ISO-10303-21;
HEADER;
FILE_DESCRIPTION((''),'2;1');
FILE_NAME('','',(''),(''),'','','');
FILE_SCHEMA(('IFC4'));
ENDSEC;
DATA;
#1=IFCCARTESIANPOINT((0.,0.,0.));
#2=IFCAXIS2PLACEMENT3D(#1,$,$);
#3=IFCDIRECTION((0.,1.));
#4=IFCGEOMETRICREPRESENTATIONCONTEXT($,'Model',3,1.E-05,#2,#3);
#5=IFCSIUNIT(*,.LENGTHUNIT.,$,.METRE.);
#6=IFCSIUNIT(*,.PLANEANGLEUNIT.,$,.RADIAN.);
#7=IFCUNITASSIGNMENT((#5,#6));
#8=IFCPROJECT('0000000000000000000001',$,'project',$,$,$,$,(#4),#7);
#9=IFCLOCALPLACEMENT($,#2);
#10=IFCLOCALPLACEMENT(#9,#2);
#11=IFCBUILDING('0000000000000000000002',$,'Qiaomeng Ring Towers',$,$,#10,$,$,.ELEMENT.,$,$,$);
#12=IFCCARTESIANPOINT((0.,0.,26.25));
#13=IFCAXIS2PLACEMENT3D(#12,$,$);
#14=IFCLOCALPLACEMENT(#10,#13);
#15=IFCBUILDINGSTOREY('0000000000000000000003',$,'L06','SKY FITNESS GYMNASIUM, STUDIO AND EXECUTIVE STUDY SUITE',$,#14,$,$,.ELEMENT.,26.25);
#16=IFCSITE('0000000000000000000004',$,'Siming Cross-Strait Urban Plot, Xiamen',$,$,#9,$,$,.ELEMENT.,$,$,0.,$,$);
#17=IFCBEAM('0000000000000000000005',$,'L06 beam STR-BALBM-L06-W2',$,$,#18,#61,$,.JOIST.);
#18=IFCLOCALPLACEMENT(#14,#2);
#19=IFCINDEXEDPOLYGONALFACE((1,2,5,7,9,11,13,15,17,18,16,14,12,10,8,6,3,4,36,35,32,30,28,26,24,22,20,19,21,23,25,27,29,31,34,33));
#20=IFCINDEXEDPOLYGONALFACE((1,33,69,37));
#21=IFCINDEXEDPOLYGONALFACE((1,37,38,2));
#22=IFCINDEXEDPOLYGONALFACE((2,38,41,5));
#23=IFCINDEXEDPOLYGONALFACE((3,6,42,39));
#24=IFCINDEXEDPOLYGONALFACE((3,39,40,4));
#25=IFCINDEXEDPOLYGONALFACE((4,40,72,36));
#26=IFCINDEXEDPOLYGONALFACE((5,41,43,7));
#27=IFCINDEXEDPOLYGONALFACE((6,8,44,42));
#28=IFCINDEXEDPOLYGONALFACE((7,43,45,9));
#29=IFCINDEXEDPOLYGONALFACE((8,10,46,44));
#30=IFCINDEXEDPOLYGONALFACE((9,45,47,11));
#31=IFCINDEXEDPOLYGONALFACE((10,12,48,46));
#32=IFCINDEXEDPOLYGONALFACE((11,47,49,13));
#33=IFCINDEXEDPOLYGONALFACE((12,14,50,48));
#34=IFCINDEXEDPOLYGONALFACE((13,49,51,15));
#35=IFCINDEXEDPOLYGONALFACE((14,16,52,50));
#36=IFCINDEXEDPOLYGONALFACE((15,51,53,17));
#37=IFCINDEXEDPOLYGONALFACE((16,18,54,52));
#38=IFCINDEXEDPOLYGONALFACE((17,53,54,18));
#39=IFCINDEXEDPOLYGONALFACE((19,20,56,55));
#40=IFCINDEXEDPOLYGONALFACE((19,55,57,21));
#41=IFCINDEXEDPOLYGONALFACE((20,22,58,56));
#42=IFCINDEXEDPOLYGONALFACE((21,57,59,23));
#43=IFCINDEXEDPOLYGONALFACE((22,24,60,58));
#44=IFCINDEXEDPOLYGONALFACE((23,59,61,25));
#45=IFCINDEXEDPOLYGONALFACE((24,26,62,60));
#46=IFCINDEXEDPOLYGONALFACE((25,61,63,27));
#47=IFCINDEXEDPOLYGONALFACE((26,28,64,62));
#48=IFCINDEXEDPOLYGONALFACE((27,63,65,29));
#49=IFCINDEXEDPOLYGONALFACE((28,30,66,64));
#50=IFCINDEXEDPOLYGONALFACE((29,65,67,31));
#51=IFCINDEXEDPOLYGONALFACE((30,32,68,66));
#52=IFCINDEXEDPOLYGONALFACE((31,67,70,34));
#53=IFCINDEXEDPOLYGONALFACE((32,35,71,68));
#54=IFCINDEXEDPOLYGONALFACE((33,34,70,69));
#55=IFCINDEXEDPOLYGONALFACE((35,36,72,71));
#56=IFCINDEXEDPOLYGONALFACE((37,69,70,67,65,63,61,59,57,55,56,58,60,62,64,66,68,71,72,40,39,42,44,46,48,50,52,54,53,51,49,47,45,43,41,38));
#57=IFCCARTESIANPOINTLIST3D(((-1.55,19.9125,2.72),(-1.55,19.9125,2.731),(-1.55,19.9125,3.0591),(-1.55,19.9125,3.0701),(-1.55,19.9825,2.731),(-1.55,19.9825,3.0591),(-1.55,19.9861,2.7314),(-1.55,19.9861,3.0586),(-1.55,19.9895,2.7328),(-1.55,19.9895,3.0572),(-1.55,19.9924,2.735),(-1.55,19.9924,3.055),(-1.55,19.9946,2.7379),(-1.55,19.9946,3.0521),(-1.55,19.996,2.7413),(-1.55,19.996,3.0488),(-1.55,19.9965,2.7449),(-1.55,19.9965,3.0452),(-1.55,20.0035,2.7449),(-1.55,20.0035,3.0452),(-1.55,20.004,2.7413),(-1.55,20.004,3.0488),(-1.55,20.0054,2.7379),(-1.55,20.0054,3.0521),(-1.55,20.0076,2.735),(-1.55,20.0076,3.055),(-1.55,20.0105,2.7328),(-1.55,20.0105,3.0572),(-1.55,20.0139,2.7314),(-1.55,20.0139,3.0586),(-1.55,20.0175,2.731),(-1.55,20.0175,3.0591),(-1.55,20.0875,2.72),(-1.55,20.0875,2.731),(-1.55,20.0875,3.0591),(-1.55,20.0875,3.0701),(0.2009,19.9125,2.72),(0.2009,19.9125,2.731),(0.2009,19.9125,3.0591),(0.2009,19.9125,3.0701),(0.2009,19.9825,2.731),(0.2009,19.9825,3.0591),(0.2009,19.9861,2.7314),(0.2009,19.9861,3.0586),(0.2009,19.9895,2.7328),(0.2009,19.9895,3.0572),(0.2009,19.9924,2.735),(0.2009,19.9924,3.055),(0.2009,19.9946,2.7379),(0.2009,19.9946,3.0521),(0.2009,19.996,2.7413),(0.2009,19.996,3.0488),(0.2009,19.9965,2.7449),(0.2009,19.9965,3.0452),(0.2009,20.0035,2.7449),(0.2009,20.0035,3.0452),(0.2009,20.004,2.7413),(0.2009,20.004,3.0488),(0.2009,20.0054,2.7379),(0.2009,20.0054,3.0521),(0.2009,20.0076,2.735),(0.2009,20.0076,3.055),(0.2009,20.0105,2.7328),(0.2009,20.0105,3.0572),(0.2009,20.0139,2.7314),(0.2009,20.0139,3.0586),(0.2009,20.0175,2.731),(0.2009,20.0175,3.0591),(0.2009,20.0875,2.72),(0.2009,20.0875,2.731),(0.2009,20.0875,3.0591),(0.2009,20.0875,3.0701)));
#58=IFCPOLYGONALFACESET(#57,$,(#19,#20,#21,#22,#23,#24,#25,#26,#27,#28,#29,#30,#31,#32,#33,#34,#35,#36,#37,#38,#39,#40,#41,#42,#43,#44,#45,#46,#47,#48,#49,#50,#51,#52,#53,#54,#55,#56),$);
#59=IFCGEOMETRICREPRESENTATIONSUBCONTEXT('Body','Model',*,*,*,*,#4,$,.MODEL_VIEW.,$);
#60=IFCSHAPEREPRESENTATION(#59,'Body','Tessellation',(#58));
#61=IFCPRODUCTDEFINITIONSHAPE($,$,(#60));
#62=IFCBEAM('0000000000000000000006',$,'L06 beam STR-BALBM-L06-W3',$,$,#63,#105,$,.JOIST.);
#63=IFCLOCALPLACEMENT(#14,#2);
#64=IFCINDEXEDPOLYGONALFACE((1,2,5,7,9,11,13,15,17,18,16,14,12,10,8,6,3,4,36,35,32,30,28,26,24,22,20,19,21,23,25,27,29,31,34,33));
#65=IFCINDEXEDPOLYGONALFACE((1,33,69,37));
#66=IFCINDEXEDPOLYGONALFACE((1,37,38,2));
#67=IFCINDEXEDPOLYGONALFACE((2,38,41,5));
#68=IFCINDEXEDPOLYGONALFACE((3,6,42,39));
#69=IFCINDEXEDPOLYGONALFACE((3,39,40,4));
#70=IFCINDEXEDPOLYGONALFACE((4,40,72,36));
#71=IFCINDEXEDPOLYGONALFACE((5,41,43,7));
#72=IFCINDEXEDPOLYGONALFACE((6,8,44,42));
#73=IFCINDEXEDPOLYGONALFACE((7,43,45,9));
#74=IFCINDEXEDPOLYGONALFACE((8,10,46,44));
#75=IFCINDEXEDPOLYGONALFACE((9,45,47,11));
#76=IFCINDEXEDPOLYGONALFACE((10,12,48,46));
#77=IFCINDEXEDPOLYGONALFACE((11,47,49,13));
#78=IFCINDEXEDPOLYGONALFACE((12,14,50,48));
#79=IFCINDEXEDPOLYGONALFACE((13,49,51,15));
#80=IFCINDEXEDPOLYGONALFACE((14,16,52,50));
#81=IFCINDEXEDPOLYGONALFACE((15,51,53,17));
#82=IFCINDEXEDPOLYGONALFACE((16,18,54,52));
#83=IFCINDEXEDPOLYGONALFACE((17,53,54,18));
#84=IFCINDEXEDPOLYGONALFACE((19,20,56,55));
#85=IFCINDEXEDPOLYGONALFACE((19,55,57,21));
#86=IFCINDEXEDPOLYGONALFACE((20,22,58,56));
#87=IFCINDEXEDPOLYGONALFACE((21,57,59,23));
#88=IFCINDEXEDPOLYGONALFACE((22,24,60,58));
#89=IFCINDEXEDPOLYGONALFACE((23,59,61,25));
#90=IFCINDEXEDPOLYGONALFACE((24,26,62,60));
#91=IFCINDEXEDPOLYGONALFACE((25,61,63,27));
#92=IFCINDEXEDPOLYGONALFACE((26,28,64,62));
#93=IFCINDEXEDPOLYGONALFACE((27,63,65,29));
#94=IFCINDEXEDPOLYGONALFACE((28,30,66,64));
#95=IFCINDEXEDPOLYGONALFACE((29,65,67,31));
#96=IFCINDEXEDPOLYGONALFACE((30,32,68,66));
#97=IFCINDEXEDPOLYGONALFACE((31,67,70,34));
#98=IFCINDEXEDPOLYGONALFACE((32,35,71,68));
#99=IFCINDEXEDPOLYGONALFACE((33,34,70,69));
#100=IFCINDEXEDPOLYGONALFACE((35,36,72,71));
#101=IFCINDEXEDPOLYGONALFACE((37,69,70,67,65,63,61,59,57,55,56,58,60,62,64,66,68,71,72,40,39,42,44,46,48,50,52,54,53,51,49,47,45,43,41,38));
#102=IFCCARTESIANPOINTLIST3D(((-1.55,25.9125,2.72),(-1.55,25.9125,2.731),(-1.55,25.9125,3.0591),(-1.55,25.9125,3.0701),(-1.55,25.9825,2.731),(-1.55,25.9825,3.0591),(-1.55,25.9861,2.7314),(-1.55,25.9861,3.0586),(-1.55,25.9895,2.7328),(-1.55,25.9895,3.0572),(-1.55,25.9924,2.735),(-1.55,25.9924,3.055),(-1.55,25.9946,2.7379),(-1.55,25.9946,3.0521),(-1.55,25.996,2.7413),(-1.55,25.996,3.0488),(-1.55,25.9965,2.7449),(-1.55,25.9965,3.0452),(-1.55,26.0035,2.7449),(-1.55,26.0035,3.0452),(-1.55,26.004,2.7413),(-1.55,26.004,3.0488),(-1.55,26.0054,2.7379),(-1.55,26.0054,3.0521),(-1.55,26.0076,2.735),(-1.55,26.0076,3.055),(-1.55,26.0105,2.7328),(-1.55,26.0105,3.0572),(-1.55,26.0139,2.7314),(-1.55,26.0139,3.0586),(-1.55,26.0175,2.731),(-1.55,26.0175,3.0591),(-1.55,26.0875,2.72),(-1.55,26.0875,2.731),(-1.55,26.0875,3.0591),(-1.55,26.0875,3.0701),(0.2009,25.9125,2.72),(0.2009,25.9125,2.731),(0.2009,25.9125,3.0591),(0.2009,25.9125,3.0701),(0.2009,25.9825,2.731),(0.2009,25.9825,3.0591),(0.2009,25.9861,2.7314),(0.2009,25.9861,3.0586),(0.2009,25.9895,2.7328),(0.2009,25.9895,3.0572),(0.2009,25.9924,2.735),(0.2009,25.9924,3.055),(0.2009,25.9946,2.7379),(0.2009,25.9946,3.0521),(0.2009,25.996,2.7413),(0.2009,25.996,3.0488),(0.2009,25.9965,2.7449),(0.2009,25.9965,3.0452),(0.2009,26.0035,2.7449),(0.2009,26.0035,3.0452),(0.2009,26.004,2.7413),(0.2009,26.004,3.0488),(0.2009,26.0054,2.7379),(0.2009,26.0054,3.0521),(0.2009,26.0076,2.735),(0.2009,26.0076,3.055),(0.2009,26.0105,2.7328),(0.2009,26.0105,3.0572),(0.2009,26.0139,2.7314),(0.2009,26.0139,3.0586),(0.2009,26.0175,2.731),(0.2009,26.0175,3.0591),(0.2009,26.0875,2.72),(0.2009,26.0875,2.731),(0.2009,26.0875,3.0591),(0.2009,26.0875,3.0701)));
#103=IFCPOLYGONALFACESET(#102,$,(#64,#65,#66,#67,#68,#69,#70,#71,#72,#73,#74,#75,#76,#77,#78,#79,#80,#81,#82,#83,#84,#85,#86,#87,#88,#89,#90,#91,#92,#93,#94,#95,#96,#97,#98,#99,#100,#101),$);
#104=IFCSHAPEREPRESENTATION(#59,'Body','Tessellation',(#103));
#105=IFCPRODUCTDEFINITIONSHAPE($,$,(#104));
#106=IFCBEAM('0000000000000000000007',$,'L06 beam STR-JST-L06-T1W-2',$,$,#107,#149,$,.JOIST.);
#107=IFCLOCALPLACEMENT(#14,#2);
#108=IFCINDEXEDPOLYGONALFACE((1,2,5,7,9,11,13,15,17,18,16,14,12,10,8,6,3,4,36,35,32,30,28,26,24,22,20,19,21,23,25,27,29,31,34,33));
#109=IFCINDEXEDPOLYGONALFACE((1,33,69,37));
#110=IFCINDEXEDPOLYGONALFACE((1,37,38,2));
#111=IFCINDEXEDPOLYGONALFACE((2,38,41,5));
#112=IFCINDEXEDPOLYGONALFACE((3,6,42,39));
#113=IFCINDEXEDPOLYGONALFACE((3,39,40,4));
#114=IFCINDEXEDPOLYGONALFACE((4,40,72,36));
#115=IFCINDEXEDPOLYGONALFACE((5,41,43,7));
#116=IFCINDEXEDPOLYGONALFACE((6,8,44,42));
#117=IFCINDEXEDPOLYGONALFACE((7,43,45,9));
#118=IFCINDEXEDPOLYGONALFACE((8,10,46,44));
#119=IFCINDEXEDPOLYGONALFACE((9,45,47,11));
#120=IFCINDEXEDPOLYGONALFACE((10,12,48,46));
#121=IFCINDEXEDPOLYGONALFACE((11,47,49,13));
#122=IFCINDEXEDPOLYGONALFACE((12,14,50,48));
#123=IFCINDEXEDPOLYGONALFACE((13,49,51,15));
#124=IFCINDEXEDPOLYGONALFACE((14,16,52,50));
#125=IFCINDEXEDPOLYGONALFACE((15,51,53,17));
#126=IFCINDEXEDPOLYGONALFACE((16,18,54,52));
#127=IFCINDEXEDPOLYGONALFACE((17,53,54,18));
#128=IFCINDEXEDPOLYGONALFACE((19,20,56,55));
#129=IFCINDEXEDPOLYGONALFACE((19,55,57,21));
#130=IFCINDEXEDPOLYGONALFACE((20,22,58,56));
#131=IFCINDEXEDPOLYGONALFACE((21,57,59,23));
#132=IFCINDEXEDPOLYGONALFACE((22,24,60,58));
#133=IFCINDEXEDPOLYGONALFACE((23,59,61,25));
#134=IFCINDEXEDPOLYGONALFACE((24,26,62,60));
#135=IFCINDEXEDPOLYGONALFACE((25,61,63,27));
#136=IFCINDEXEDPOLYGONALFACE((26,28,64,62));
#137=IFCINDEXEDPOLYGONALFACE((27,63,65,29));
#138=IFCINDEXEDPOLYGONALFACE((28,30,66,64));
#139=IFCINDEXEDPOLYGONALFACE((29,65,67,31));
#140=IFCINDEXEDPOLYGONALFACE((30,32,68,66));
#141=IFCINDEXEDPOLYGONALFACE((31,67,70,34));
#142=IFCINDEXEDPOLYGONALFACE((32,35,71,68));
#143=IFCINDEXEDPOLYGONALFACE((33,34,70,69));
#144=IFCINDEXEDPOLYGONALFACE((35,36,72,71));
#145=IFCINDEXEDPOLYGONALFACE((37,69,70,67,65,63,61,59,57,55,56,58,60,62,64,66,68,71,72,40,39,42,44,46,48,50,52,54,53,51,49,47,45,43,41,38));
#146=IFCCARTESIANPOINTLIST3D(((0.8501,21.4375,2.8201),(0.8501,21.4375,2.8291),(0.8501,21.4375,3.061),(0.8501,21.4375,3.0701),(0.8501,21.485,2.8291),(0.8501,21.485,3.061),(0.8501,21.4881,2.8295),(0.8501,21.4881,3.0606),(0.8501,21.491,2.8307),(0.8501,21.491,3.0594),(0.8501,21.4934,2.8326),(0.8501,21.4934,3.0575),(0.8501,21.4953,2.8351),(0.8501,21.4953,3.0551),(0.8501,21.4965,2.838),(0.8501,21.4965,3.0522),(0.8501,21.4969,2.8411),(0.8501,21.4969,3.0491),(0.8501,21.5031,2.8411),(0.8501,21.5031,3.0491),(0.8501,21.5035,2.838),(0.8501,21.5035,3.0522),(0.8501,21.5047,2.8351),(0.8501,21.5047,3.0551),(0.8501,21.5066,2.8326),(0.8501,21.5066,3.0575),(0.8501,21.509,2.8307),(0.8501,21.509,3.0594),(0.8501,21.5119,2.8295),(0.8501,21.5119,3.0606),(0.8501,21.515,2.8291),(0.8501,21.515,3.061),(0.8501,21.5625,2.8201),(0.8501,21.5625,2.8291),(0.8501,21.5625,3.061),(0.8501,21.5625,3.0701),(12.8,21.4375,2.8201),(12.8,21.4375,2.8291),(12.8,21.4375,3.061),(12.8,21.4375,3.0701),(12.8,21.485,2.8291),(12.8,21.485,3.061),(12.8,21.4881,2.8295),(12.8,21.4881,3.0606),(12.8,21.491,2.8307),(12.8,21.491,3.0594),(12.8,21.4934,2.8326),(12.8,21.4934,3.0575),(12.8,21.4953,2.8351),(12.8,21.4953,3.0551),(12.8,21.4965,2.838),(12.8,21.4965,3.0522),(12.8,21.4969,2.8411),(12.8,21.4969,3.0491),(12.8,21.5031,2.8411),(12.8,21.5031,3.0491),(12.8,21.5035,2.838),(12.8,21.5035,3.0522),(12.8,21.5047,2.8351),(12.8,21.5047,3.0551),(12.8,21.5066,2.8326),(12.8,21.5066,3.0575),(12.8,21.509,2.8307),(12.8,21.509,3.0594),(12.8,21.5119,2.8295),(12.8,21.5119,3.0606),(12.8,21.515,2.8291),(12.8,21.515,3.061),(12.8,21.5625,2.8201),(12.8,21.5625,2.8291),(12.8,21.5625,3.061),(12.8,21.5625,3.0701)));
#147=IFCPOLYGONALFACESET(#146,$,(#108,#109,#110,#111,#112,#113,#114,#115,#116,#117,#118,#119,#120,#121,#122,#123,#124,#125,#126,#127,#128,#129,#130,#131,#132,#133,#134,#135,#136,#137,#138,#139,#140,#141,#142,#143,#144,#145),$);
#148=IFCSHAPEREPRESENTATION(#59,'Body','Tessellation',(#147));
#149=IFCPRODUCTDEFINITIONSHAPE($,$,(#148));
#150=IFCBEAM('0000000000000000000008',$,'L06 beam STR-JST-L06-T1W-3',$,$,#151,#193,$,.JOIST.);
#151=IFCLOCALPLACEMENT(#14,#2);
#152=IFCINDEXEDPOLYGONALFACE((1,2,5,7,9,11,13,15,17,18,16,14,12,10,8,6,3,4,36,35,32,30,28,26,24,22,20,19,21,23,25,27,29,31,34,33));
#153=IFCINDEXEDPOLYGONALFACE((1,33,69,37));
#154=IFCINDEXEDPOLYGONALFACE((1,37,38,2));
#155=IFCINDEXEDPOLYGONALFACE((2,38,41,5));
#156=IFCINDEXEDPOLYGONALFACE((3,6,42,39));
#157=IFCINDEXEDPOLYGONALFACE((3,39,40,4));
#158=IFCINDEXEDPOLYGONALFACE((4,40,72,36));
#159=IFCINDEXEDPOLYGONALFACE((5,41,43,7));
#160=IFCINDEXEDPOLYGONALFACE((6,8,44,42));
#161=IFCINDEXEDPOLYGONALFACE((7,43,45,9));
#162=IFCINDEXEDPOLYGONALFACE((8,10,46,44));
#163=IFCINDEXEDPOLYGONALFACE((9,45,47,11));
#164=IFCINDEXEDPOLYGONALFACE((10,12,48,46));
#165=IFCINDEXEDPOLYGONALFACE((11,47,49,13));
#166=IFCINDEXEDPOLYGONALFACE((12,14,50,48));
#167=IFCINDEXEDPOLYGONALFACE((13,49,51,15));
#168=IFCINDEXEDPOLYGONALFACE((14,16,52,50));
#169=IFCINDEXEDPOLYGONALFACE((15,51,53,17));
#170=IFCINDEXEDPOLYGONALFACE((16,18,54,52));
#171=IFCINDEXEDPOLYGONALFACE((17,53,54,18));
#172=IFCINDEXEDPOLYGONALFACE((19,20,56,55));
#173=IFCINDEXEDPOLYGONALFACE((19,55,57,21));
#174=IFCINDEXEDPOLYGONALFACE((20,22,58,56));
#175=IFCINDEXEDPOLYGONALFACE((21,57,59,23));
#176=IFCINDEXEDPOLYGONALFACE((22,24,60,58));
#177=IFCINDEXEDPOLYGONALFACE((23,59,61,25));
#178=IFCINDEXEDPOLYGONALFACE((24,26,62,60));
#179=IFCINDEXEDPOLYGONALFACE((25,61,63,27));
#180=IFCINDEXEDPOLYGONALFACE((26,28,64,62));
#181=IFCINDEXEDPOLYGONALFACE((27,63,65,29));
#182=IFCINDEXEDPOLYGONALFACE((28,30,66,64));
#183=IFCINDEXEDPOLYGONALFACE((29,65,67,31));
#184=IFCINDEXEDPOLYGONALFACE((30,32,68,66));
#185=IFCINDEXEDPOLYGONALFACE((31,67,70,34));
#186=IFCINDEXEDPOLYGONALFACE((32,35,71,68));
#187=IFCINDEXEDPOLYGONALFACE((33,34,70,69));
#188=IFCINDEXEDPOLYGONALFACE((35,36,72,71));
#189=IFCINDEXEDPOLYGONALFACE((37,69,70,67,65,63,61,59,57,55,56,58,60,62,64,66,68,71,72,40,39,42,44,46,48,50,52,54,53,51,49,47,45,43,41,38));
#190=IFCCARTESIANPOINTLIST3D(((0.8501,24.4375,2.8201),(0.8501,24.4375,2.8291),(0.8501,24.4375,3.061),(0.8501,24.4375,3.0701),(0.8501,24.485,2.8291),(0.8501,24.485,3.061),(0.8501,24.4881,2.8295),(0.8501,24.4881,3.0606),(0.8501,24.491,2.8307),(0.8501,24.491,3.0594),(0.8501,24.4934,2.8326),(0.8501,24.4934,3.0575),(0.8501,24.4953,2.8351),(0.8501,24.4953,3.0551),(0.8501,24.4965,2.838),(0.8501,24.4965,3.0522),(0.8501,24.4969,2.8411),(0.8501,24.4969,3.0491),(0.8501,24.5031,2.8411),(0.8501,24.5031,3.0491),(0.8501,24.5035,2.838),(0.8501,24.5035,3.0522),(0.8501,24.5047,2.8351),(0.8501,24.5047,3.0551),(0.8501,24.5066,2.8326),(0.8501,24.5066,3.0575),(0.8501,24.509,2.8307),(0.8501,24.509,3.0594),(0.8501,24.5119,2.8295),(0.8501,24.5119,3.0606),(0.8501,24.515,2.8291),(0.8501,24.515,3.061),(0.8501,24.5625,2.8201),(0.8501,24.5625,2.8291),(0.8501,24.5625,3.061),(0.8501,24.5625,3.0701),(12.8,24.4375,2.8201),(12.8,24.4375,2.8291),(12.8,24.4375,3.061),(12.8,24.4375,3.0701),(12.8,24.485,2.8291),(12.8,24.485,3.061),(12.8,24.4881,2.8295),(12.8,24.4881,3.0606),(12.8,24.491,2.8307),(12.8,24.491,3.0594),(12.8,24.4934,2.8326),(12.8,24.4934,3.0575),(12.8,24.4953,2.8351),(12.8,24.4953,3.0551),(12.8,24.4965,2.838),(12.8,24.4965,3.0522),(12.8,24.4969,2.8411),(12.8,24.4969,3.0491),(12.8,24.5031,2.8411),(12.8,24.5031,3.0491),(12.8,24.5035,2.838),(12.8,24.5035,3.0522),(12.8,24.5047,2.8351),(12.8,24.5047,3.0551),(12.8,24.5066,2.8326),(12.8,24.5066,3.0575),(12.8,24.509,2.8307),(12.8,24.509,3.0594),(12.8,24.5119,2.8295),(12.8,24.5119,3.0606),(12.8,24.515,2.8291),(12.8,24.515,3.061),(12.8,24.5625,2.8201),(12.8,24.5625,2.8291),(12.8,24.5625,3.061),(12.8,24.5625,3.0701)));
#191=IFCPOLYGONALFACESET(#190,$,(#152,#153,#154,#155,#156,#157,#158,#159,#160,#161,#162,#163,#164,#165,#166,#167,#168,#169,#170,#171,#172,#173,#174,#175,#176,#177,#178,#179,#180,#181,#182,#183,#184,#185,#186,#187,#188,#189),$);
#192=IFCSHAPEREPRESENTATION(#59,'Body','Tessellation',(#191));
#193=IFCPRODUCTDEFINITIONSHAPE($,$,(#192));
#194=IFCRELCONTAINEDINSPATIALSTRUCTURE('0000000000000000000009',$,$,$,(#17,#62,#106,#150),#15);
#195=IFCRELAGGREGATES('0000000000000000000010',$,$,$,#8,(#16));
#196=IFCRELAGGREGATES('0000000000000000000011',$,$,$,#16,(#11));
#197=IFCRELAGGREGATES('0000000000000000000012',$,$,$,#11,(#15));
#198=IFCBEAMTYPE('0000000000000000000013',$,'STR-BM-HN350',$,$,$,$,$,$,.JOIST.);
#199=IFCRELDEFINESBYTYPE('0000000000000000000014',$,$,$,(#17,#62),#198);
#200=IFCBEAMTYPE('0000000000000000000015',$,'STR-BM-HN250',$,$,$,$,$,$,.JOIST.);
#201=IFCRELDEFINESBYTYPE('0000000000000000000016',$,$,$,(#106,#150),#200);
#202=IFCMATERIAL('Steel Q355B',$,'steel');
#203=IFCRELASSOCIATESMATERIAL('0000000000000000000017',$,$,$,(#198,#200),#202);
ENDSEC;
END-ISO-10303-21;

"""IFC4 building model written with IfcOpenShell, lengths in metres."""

from ifc_helpers import new_model, si_unit, direction, frame, origin, origin_2d, place, context, subcontext, project, spatial, i_section, extrude, source, transform, mapped, material, material_profile, profile_set, type_object, element, save


model = new_model("IFC4")

# Units and contexts
model_context = context("Model", 3, precision=1e-05, world=origin(), true_north=direction((0.0, 1.0)))
body_context = subcontext(model_context, "Body", "Model", "MODEL_VIEW")
ifc_project = project(units=[si_unit("LENGTHUNIT", "METRE"), si_unit("PLANEANGLEUNIT", "RADIAN")], contexts=[model_context])

# Site, building, storey
site_placement = place(None, origin())
site = spatial("IfcSite", under=ifc_project, at=site_placement, Name="Siming Cross-Strait Urban Plot, Xiamen", CompositionType="ELEMENT", RefElevation=0.0)
building_placement = place(site_placement, origin())
building = spatial("IfcBuilding", under=site, at=building_placement, Name="Qiaomeng Ring Towers", CompositionType="ELEMENT")
storey_placement = place(building_placement, frame((0.0, 0.0, 26.25)))
storey = spatial("IfcBuildingStorey", under=building, at=storey_placement, Name="L06", Description="SKY FITNESS GYMNASIUM, STUDIO AND EXECUTIVE STUDY SUITE", CompositionType="ELEMENT", Elevation=26.25)

# Beams
ifc_material_1 = material(Name="Steel Q355B", Category="steel")
ifc_material_profile_1 = material_profile(ifc_material_1, i_section(OverallWidth=0.175, OverallDepth=0.3501, WebThickness=0.0071, FlangeThickness=0.011, FilletRadius=0.0139, at=origin_2d()), Name="HN 350x175x7x11")
ifc_profile_set_1 = profile_set([ifc_material_profile_1], Name="Steel Q355B")
beam_type_1 = type_object("IfcBeamType", Name="STR-BM-HN350", PredefinedType="JOIST", material=ifc_profile_set_1)
shared_shape_1 = source(origin(), body_context, "Body", "SweptSolid", [
    extrude(i_section(OverallWidth=0.175, OverallDepth=0.3501, WebThickness=0.0071, FlangeThickness=0.011, FilletRadius=0.0139, at=origin_2d()), origin(), (0.0, 0.0, 1.0), 1.751),
])
for number, where, z_axis, x_axis, name in (
    (1, (-1.55, 20.0, 2.895), (1.0, 0.0, 0.0), (0.0, 1.0, 0.0), "L06 beam STR-BALBM-L06-W2"),
    (2, (-1.55, 26.0, 2.895), (1.0, 0.0, 0.0), (0.0, 1.0, 0.0), "L06 beam STR-BALBM-L06-W3"),
):
    element("IfcBeam", number, at=place(storey_placement, frame(where, z_axis=z_axis, x_axis=x_axis)), inside=storey, type_object=beam_type_1, Name=name, PredefinedType="JOIST", context=body_context, shape_type="MappedRepresentation", body=[
        mapped(shared_shape_1, transform((0.0, 0.0, 0.0), x_axis=(1.0, 0.0, 0.0), y_axis=(0.0, 1.0, 0.0), z_axis=(0.0, 0.0, 1.0), scale=1.0)),
    ])
ifc_material_profile_2 = material_profile(ifc_material_1, i_section(OverallWidth=0.125, OverallDepth=0.25, WebThickness=0.0061, FlangeThickness=0.009, FilletRadius=0.012, at=origin_2d()), Name="HN 250x125x6x9")
ifc_profile_set_2 = profile_set([ifc_material_profile_2], Name="Steel Q355B")
beam_type_2 = type_object("IfcBeamType", Name="STR-BM-HN250", PredefinedType="JOIST", material=ifc_profile_set_2)
shared_shape_2 = source(origin(), body_context, "Body", "SweptSolid", [
    extrude(i_section(OverallWidth=0.125, OverallDepth=0.25, WebThickness=0.0061, FlangeThickness=0.009, FilletRadius=0.012, at=origin_2d()), origin(), (0.0, 0.0, 1.0), 11.95),
])
for number, where, z_axis, x_axis, name in (
    (3, (0.8501, 21.5, 2.9451), (1.0, 0.0, 0.0), (0.0, 1.0, 0.0), "L06 beam STR-JST-L06-T1W-2"),
    (4, (0.8501, 24.5, 2.9451), (1.0, 0.0, 0.0), (0.0, 1.0, 0.0), "L06 beam STR-JST-L06-T1W-3"),
):
    element("IfcBeam", number, at=place(storey_placement, frame(where, z_axis=z_axis, x_axis=x_axis)), inside=storey, type_object=beam_type_2, Name=name, PredefinedType="JOIST", context=body_context, shape_type="MappedRepresentation", body=[
        mapped(shared_shape_2, transform((0.0, 0.0, 0.0), x_axis=(1.0, 0.0, 0.0), y_axis=(0.0, 1.0, 0.0), z_axis=(0.0, 0.0, 1.0), scale=1.0)),
    ])

save(model, "model.ifc")
